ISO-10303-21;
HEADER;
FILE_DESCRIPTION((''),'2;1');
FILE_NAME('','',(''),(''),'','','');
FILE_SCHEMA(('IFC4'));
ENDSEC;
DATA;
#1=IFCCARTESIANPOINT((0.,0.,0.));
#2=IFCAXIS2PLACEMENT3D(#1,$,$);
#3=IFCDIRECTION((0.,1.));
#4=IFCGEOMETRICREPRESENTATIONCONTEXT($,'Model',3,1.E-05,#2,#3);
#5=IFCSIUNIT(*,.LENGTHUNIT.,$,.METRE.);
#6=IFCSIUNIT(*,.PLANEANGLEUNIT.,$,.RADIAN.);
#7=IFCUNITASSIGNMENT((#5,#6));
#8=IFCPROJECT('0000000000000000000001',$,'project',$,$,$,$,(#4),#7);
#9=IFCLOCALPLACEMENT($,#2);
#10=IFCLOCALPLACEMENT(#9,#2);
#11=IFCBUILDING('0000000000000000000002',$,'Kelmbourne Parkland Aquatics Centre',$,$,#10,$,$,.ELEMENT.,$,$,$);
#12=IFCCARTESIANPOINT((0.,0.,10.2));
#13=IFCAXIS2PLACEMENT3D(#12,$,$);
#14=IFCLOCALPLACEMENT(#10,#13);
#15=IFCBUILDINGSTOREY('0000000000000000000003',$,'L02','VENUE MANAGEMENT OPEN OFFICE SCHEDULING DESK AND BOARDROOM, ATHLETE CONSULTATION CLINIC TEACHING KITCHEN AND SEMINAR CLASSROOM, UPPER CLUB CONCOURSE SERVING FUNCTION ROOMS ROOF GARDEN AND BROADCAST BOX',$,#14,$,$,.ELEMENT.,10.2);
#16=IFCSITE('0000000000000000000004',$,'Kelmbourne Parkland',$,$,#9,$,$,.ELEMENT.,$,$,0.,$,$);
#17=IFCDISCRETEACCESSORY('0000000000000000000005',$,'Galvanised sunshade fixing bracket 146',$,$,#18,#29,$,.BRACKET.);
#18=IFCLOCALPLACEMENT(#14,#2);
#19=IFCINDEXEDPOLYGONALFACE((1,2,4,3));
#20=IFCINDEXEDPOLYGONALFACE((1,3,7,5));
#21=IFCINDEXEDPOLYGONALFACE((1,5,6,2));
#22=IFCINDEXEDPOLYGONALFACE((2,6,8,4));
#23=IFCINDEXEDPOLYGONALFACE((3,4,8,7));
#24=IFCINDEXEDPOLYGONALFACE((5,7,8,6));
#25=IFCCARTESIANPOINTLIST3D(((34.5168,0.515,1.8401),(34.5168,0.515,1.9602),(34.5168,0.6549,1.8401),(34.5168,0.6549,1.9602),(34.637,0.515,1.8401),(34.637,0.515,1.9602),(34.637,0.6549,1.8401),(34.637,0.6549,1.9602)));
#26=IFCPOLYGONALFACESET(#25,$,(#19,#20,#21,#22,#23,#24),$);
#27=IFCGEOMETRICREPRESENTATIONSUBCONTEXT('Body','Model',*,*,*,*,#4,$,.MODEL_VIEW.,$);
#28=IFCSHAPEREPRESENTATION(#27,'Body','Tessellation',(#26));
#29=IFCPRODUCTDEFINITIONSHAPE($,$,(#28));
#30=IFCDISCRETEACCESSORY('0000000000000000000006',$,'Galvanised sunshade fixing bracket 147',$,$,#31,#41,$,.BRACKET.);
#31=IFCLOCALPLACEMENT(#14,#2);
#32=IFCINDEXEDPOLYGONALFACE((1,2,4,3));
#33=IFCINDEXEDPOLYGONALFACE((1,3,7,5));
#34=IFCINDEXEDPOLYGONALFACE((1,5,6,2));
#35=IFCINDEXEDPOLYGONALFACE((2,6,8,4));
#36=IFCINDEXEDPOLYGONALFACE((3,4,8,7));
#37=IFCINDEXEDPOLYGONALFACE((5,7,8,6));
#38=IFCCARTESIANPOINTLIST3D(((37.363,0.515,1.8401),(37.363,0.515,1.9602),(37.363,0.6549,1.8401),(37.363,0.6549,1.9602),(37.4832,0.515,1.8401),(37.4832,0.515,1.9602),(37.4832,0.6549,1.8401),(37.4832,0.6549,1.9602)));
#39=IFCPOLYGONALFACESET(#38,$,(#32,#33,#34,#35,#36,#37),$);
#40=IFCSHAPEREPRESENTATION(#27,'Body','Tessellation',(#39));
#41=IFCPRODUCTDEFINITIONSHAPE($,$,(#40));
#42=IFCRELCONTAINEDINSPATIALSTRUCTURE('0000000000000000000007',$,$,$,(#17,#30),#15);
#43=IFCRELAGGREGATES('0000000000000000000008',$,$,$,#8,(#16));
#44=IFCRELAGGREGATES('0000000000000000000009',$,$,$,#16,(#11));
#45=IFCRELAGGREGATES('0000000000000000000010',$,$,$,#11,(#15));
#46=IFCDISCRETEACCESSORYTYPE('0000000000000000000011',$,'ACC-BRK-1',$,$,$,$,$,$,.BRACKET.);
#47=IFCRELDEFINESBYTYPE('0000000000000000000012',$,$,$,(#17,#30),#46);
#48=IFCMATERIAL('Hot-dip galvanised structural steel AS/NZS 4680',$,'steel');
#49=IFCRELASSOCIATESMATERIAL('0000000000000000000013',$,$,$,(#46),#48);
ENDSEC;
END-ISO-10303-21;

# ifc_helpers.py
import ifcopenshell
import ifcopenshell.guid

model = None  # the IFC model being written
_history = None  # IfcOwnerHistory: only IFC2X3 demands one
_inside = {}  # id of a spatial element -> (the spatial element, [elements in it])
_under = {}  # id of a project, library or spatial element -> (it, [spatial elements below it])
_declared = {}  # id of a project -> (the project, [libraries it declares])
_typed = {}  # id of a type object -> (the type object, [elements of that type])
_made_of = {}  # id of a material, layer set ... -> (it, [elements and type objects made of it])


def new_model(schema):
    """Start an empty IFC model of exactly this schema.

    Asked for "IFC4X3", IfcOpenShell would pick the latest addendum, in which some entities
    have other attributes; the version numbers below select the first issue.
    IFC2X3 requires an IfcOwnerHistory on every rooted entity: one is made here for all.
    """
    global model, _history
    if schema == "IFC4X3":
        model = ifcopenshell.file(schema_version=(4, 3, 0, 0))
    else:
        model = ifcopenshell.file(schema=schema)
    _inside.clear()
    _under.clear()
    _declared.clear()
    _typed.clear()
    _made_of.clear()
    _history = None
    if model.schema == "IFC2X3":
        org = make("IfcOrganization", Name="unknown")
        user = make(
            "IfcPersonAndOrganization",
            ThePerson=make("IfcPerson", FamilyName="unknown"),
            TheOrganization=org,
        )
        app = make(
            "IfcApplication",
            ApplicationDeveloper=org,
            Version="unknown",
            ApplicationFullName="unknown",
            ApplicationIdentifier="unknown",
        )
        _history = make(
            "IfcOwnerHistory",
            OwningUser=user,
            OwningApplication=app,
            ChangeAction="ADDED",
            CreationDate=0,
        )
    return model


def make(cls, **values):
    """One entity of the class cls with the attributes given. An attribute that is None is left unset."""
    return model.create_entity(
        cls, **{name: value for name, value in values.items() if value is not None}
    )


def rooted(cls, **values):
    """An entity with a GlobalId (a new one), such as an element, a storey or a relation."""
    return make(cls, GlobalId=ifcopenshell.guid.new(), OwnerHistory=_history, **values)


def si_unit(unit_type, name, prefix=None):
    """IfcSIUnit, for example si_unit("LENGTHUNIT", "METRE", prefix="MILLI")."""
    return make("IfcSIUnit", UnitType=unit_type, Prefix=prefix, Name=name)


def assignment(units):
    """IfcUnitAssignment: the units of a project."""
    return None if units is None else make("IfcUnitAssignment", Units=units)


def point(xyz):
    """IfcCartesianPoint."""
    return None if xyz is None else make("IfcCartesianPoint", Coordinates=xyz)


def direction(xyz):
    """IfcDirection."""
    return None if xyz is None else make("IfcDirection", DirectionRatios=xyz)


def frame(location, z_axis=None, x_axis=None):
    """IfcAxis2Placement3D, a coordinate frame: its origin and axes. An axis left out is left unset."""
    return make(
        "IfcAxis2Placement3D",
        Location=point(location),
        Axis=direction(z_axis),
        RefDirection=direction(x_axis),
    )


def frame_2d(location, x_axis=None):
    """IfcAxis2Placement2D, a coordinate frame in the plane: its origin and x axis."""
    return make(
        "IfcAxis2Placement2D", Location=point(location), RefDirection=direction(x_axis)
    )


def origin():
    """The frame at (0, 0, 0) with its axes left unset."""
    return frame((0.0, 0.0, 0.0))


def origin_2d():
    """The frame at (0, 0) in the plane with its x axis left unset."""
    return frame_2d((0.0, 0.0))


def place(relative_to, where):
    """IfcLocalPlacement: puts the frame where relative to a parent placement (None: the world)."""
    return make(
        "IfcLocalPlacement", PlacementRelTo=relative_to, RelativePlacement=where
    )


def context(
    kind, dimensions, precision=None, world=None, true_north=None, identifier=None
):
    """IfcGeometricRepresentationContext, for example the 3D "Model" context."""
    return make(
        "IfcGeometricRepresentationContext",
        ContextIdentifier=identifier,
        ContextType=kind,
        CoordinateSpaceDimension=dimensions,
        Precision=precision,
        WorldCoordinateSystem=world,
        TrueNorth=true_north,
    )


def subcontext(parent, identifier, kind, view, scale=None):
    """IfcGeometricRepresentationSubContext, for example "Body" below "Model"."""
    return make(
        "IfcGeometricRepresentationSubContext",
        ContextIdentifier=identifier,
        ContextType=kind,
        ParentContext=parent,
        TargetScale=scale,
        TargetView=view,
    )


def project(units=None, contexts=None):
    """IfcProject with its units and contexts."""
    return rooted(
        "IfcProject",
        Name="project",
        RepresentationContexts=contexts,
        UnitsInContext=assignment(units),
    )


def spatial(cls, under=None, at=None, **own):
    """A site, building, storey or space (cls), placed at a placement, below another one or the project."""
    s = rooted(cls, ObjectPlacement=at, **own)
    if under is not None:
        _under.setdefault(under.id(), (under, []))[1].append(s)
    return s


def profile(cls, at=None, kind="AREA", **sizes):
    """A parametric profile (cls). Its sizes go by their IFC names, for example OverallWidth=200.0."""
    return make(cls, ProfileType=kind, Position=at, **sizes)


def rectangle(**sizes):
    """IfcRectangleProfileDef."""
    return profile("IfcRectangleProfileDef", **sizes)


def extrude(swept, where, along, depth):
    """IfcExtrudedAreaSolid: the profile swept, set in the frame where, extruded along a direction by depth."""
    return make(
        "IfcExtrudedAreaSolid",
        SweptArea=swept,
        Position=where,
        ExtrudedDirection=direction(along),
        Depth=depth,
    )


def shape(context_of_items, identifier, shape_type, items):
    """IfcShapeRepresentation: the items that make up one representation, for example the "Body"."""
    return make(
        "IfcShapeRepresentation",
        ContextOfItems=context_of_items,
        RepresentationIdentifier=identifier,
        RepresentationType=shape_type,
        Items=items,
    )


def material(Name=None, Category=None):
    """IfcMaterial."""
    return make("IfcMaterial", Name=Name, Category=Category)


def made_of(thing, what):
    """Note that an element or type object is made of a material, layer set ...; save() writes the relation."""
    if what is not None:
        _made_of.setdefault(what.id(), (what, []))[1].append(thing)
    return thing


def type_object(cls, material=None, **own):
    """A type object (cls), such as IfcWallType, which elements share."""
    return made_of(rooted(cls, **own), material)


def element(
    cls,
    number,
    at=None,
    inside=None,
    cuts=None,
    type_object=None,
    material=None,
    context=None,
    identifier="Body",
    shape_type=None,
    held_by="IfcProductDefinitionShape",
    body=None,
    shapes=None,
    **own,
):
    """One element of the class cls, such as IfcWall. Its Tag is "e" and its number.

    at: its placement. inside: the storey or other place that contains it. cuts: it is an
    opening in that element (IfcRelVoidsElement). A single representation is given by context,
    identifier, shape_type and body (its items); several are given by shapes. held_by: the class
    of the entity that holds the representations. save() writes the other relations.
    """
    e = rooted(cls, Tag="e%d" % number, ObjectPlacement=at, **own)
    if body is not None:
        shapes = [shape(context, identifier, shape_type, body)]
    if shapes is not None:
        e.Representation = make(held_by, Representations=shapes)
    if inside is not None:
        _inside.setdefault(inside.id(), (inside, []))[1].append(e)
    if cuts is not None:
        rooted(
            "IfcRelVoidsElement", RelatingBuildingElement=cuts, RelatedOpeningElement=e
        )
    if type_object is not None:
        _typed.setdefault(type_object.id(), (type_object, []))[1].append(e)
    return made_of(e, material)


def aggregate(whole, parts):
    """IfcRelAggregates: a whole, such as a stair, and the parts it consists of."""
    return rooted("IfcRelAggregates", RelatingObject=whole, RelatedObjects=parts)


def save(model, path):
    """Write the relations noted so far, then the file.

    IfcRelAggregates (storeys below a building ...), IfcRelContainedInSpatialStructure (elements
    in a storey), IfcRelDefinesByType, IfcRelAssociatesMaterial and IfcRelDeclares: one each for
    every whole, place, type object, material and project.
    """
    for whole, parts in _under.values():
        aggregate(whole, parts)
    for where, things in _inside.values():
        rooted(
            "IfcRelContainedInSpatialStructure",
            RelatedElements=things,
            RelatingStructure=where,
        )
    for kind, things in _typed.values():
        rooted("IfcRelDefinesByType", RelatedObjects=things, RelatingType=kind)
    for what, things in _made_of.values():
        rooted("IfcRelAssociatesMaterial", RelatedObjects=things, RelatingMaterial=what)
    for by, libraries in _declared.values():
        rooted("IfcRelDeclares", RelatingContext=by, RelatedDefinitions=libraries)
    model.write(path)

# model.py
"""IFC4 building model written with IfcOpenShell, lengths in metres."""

from ifc_helpers import new_model, si_unit, direction, frame, origin, origin_2d, place, context, subcontext, project, spatial, rectangle, extrude, material, type_object, element, save


model = new_model("IFC4")

# Units and contexts
model_context = context("Model", 3, precision=1e-05, world=origin(), true_north=direction((0.0, 1.0)))
body_context = subcontext(model_context, "Body", "Model", "MODEL_VIEW")
ifc_project = project(units=[si_unit("LENGTHUNIT", "METRE"), si_unit("PLANEANGLEUNIT", "RADIAN")], contexts=[model_context])

# Site, building, storey
site_placement = place(None, origin())
site = spatial("IfcSite", under=ifc_project, at=site_placement, Name="Kelmbourne Parkland", CompositionType="ELEMENT", RefElevation=0.0)
building_placement = place(site_placement, origin())
building = spatial("IfcBuilding", under=site, at=building_placement, Name="Kelmbourne Parkland Aquatics Centre", CompositionType="ELEMENT")
storey_placement = place(building_placement, frame((0.0, 0.0, 10.2)))
storey = spatial("IfcBuildingStorey", under=building, at=storey_placement, Name="L02", Description="VENUE MANAGEMENT OPEN OFFICE SCHEDULING DESK AND BOARDROOM, ATHLETE CONSULTATION CLINIC TEACHING KITCHEN AND SEMINAR CLASSROOM, UPPER CLUB CONCOURSE SERVING FUNCTION ROOMS ROOF GARDEN AND BROADCAST BOX", CompositionType="ELEMENT", Elevation=10.2)

# Discrete accessories
ifc_material_1 = material(Name="Hot-dip galvanised structural steel AS/NZS 4680", Category="steel")
discrete_accessory_type = type_object("IfcDiscreteAccessoryType", Name="ACC-BRK-1", PredefinedType="BRACKET", material=ifc_material_1)
for number, where, z_axis, x_axis, name in (
    (1, (34.5769, 0.585, 1.8401), (0.0, 0.0, 1.0), (1.0, 0.0, 0.0), "Galvanised sunshade fixing bracket 146"),
    (2, (37.4231, 0.585, 1.8401), (0.0, 0.0, 1.0), (1.0, 0.0, 0.0), "Galvanised sunshade fixing bracket 147"),
):
    element("IfcDiscreteAccessory", number, at=place(storey_placement, frame(where, z_axis=z_axis, x_axis=x_axis)), inside=storey, type_object=discrete_accessory_type, Name=name, PredefinedType="BRACKET", context=body_context, shape_type="SweptSolid", body=[
        extrude(rectangle(XDim=0.1201, YDim=0.1399, at=origin_2d()), origin(), (0.0, 0.0, 1.0), 0.1201),
    ])

save(model, "model.ifc")
